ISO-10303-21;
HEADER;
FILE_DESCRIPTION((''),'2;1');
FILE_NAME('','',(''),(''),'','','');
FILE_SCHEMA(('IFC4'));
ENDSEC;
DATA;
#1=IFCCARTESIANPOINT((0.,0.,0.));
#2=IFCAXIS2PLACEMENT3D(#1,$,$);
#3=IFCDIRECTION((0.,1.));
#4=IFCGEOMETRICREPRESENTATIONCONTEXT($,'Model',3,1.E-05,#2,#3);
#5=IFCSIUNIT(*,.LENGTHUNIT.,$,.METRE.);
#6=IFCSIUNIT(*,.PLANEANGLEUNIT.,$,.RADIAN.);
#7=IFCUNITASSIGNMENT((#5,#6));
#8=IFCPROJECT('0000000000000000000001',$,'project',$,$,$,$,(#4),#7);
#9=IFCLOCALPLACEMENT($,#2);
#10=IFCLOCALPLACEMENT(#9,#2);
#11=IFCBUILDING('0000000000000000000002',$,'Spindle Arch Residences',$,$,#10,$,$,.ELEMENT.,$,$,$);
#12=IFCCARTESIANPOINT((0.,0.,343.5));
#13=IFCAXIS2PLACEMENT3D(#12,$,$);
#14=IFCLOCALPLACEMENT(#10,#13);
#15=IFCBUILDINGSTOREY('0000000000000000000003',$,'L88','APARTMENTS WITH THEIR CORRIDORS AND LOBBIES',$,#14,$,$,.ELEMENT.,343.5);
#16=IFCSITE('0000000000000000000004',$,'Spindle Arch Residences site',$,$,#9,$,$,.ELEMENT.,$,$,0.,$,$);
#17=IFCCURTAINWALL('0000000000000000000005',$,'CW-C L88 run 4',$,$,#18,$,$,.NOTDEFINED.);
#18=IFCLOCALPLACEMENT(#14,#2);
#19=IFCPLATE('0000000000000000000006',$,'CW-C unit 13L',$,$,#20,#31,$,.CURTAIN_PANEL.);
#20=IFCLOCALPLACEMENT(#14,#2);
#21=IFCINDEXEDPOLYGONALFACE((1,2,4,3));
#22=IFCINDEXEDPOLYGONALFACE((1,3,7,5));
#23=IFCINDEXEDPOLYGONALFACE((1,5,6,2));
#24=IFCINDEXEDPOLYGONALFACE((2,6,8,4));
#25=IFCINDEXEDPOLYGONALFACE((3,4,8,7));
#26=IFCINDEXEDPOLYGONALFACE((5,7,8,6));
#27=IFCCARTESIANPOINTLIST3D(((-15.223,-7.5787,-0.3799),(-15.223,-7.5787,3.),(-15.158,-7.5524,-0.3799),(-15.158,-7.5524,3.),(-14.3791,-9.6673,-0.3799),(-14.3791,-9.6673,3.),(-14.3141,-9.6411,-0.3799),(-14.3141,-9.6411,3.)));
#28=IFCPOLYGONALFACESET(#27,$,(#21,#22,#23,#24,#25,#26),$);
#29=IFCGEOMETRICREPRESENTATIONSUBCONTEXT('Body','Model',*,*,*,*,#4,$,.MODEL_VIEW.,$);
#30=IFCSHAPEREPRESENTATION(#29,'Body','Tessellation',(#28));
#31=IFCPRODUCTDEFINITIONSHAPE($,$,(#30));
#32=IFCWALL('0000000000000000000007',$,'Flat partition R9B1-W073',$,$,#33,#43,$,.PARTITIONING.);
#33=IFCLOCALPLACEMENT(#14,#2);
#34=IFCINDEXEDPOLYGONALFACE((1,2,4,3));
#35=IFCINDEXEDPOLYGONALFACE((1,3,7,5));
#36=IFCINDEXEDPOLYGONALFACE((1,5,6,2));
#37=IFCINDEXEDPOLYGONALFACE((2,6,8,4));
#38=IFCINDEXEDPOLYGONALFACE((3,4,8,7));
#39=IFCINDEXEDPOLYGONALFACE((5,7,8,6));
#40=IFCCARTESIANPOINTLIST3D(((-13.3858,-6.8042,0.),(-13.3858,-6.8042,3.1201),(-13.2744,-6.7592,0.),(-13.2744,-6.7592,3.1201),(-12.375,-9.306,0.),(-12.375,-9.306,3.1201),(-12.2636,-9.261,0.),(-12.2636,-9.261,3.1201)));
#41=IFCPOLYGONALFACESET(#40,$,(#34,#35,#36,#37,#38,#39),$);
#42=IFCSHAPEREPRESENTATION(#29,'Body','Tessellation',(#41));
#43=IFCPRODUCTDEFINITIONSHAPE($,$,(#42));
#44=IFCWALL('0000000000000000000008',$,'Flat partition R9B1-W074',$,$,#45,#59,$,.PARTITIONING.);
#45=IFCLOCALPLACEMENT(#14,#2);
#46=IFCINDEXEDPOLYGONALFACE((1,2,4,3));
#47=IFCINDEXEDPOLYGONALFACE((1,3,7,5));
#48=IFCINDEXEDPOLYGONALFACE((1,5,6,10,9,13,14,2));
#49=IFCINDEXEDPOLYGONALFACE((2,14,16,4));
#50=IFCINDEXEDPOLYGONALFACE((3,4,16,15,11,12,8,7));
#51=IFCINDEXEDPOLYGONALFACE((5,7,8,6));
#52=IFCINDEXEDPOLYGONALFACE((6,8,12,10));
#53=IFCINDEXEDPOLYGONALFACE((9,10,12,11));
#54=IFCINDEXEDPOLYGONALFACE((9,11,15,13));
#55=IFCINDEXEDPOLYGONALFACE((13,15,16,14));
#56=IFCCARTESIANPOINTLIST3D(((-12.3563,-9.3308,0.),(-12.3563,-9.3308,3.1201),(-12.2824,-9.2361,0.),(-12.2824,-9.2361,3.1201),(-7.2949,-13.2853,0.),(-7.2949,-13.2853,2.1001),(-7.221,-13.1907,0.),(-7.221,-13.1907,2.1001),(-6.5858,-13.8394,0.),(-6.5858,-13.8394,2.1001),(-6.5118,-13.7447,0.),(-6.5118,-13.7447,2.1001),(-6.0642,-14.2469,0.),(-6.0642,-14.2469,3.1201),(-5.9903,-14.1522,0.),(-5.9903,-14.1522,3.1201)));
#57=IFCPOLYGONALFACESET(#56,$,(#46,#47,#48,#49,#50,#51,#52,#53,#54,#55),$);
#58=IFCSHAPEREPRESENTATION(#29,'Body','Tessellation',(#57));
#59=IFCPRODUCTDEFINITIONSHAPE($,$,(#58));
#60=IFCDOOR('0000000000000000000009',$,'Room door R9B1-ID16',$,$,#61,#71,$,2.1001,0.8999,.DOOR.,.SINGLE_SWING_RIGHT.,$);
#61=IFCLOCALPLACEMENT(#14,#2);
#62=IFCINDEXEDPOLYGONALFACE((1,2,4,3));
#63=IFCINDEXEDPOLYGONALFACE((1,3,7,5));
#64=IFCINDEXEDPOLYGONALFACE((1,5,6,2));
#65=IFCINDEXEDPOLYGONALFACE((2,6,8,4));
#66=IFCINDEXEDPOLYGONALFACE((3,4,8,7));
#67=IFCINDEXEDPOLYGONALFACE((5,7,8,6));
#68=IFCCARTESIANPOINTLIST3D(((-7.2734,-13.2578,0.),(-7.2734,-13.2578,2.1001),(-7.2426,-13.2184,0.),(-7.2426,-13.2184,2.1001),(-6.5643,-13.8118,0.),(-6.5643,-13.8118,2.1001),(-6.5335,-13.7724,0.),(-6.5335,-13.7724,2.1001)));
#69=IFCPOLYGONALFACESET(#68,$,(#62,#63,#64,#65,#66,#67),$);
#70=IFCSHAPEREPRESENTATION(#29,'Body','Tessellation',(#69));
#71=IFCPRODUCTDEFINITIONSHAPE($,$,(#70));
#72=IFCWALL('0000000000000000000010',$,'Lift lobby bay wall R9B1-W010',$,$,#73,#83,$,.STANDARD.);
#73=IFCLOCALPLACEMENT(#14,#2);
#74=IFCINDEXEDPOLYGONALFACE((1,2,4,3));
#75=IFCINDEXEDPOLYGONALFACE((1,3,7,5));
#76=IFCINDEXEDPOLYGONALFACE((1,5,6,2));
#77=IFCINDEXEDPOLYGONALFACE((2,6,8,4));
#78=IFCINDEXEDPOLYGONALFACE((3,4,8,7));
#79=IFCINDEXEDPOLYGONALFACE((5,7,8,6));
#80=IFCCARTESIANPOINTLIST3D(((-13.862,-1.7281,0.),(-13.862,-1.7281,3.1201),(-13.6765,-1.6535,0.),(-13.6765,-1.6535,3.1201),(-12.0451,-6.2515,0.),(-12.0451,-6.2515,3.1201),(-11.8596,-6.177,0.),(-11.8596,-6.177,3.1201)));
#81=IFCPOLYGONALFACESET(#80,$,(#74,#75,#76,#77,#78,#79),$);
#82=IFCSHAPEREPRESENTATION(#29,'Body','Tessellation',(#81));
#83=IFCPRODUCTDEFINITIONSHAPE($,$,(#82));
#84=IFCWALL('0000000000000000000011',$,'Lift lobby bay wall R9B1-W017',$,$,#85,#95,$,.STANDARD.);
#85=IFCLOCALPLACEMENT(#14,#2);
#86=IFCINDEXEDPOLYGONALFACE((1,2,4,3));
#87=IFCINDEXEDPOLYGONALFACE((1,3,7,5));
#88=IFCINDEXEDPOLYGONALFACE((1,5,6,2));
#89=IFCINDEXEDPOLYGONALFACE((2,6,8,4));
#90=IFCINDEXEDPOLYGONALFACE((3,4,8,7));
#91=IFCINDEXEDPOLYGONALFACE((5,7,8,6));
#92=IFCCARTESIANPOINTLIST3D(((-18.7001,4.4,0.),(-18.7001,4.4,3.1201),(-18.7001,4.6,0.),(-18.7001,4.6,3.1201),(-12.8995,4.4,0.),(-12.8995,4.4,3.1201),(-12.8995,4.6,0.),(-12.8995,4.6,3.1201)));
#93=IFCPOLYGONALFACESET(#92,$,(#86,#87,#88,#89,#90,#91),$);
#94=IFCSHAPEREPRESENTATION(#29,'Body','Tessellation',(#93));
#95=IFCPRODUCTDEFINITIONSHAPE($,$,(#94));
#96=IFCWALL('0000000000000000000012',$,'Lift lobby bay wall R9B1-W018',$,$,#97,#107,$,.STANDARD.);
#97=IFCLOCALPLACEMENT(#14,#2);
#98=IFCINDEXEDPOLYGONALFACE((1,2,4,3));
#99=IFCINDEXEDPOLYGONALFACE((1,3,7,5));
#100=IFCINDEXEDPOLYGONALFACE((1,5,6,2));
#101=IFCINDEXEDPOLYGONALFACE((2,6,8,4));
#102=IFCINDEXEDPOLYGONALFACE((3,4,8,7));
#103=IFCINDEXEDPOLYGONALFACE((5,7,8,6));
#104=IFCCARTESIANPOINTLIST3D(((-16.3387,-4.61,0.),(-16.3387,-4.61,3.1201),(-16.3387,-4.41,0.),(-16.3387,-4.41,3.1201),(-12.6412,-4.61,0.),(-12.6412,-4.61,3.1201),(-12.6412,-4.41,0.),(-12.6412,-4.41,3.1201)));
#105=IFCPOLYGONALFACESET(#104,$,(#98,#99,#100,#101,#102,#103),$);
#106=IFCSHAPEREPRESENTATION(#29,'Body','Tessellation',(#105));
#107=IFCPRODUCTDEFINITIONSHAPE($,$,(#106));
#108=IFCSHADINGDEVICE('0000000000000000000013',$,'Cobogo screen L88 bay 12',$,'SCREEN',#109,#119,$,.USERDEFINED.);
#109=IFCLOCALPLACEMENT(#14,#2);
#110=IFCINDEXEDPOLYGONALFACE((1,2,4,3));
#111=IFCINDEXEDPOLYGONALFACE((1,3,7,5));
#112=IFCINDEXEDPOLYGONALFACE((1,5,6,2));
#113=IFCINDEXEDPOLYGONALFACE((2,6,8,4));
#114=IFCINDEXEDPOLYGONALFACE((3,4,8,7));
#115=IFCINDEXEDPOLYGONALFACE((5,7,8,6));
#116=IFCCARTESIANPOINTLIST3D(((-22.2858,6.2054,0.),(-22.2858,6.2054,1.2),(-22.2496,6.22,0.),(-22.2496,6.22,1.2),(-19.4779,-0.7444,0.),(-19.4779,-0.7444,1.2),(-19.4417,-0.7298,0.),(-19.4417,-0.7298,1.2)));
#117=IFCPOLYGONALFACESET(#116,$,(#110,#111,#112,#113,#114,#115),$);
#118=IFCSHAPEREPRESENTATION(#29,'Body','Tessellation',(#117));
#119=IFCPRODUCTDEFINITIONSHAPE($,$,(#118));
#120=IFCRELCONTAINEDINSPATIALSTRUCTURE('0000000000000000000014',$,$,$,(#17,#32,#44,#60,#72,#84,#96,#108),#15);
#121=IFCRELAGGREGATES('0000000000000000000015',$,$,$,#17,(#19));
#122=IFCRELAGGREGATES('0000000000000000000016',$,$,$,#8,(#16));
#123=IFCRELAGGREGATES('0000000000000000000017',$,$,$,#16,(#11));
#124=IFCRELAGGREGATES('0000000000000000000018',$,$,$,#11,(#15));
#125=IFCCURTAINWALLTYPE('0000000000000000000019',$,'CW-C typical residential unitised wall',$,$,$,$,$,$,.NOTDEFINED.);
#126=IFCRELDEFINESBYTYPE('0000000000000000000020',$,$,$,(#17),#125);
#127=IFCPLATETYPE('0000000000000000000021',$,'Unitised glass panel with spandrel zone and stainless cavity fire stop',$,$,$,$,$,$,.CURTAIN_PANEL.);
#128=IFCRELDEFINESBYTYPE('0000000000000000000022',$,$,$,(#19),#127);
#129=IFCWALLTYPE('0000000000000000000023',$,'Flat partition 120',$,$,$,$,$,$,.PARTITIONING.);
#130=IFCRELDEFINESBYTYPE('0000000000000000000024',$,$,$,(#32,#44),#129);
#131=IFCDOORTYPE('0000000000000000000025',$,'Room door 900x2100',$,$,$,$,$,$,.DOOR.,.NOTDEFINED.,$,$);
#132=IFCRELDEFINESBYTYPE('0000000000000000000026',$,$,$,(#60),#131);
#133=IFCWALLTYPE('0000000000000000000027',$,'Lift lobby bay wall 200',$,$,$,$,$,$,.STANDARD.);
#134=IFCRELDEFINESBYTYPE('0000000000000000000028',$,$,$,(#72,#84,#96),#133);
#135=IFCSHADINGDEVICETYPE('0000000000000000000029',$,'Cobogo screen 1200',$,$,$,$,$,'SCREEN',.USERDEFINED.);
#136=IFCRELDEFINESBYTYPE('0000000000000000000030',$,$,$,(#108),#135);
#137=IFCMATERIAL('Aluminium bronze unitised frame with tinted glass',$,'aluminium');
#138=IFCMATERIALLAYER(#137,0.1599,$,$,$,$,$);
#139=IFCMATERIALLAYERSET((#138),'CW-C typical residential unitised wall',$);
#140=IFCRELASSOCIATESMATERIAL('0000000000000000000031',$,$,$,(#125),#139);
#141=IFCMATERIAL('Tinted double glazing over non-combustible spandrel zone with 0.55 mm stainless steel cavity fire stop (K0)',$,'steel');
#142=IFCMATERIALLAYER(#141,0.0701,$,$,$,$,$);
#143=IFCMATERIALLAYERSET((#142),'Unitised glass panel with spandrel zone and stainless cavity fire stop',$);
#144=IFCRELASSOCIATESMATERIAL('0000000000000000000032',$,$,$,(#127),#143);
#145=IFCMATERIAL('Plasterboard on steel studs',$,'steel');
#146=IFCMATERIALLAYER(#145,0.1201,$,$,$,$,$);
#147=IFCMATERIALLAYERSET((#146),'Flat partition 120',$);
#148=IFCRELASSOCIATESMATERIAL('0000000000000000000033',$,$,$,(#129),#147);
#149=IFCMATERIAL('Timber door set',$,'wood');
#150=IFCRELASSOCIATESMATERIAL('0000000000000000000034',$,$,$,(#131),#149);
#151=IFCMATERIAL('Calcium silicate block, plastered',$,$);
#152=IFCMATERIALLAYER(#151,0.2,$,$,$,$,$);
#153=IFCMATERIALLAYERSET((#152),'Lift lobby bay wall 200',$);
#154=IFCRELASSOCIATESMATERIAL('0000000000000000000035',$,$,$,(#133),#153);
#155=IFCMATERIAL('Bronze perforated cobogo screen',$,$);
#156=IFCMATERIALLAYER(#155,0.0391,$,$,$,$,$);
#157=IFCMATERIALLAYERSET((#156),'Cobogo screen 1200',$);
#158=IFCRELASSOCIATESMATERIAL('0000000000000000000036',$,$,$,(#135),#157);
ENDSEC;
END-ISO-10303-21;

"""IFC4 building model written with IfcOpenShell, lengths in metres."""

from ifc_helpers import new_model, si_unit, direction, frame, frame_2d, origin, origin_2d, place, context, subcontext, project, spatial, rectangle, extrude, material, layer, layer_set, type_object, element, fill, aggregate, save


model = new_model("IFC4")

# Units and contexts
model_context = context("Model", 3, precision=1e-05, world=origin(), true_north=direction((0.0, 1.0)))
body_context = subcontext(model_context, "Body", "Model", "MODEL_VIEW")
ifc_project = project(units=[si_unit("LENGTHUNIT", "METRE"), si_unit("PLANEANGLEUNIT", "RADIAN")], contexts=[model_context])

# Site, building, storey
site_placement = place(None, origin())
site = spatial("IfcSite", under=ifc_project, at=site_placement, Name="Spindle Arch Residences site", CompositionType="ELEMENT", RefElevation=0.0)
building_placement = place(site_placement, origin())
building = spatial("IfcBuilding", under=site, at=building_placement, Name="Spindle Arch Residences", CompositionType="ELEMENT")
storey_placement = place(building_placement, frame((0.0, 0.0, 343.5)))
storey = spatial("IfcBuildingStorey", under=building, at=storey_placement, Name="L88", Description="APARTMENTS WITH THEIR CORRIDORS AND LOBBIES", CompositionType="ELEMENT", Elevation=343.5)

# Curtain wall
ifc_material_1 = material(Name="Aluminium bronze unitised frame with tinted glass", Category="aluminium")
ifc_layer_1 = layer(ifc_material_1, 0.1599)
ifc_layer_set_1 = layer_set([ifc_layer_1], Name="CW-C typical residential unitised wall")
curtain_wall_type = type_object("IfcCurtainWallType", Name="CW-C typical residential unitised wall", PredefinedType="NOTDEFINED", material=ifc_layer_set_1)
curtain_wall_placement = place(storey_placement, origin())
curtain_wall = element("IfcCurtainWall", 1, at=curtain_wall_placement, inside=storey, type_object=curtain_wall_type, Name="CW-C L88 run 4", PredefinedType="NOTDEFINED")

# Plate
ifc_material_2 = material(Name="Tinted double glazing over non-combustible spandrel zone with 0.55 mm stainless steel cavity fire stop (K0)", Category="steel")
ifc_layer_2 = layer(ifc_material_2, 0.0701)
ifc_layer_set_2 = layer_set([ifc_layer_2], Name="Unitised glass panel with spandrel zone and stainless cavity fire stop")
plate_type = type_object("IfcPlateType", Name="Unitised glass panel with spandrel zone and stainless cavity fire stop", PredefinedType="CURTAIN_PANEL", material=ifc_layer_set_2)
plate_1_placement = place(storey_placement, frame((-14.7686, -8.6099, -0.3799), z_axis=(0.0, 0.0, 1.0), x_axis=(0.374607, -0.927184, 0.0)))
plate_1 = element("IfcPlate", 2, at=plate_1_placement, type_object=plate_type, Name="CW-C unit 13L", PredefinedType="CURTAIN_PANEL", context=body_context, shape_type="SweptSolid", body=[
    extrude(rectangle(XDim=2.2527, YDim=0.0701, at=origin_2d()), origin(), (0.0, 0.0, 1.0), 3.3799),
])
aggregate(curtain_wall, [plate_1])

# Wall
ifc_material_3 = material(Name="Plasterboard on steel studs", Category="steel")
ifc_layer_3 = layer(ifc_material_3, 0.1201)
ifc_layer_set_3 = layer_set([ifc_layer_3], Name="Flat partition 120")
wall_type_1 = type_object("IfcWallType", Name="Flat partition 120", PredefinedType="PARTITIONING", material=ifc_layer_set_3)
wall_1_placement = place(storey_placement, frame((-13.3301, -6.7817, 0.0), z_axis=(0.0, 0.0, 1.0), x_axis=(0.374602, -0.927186, 0.0)))
element("IfcWall", 3, at=wall_1_placement, inside=storey, type_object=wall_type_1, Name="Flat partition R9B1-W073", PredefinedType="PARTITIONING", context=body_context, shape_type="SweptSolid", body=[
    extrude(rectangle(XDim=2.6982, YDim=0.1201, at=frame_2d((1.3491, 0.0))), origin(), (0.0, 0.0, 1.0), 3.1201),
])

# Wall, opening, door
wall_2_placement = place(storey_placement, frame((-12.3193, -9.2834, 0.0), z_axis=(0.0, 0.0, 1.0), x_axis=(0.788, -0.615675, 0.0)))
wall_2 = element("IfcWall", 4, at=wall_2_placement, inside=storey, type_object=wall_type_1, Name="Flat partition R9B1-W074", PredefinedType="PARTITIONING", context=body_context, shape_type="SweptSolid", body=[
    extrude(rectangle(XDim=7.9849, YDim=0.1201, at=frame_2d((3.9924, 0.0))), origin(), (0.0, 0.0, 1.0), 3.1201),
])
opening_1_placement = place(wall_2_placement, frame((6.4231, 0.0, 0.0)))
opening_1 = element("IfcOpeningElement", 5, at=opening_1_placement, cuts=wall_2, PredefinedType="OPENING", context=body_context, shape_type="SweptSolid", body=[
    extrude(rectangle(XDim=0.8999, YDim=2.1001, at=frame_2d((0.45, 1.05))), frame((0.0, 0.0701, 0.0), z_axis=(0.0, -1.0, 0.0), x_axis=(1.0, 0.0, 0.0)), (0.0, 0.0, 1.0), 0.1401),
])
ifc_material_4 = material(Name="Timber door set", Category="wood")
door_type_1 = type_object("IfcDoorType", Name="Room door 900x2100", OperationType="NOTDEFINED", PredefinedType="DOOR", material=ifc_material_4)
door_1_placement = place(opening_1_placement, origin())
door_1 = element("IfcDoor", 6, at=door_1_placement, inside=storey, type_object=door_type_1, Name="Room door R9B1-ID16", OperationType="SINGLE_SWING_RIGHT", OverallHeight=2.1001, OverallWidth=0.8999, PredefinedType="DOOR", context=body_context, shape_type="SweptSolid", body=[
    extrude(rectangle(XDim=0.8999, YDim=2.1001, at=frame_2d((0.45, 1.05))), frame((0.0, 0.0249, 0.0), z_axis=(0.0, -1.0, 0.0), x_axis=(1.0, 0.0, 0.0)), (0.0, 0.0, 1.0), 0.05),
])
fill(opening_1, door_1)

# Walls
ifc_material_5 = material(Name="Calcium silicate block, plastered")
ifc_layer_4 = layer(ifc_material_5, 0.2)
ifc_layer_set_4 = layer_set([ifc_layer_4], Name="Lift lobby bay wall 200")
wall_type_2 = type_object("IfcWallType", Name="Lift lobby bay wall 200", PredefinedType="STANDARD", material=ifc_layer_set_4)
wall_3_placement = place(storey_placement, frame((-13.7693, -1.6907, 0.0), z_axis=(0.0, 0.0, 1.0), x_axis=(0.37272, -0.927944, 0.0)))
element("IfcWall", 7, at=wall_3_placement, inside=storey, type_object=wall_type_2, Name="Lift lobby bay wall R9B1-W010", PredefinedType="STANDARD", context=body_context, shape_type="SweptSolid", body=[
    extrude(rectangle(XDim=4.8748, YDim=0.2, at=frame_2d((2.4375, 0.0))), origin(), (0.0, 0.0, 1.0), 3.1201),
])
wall_4_placement = place(storey_placement, frame((-12.8994, 4.5, 0.0), z_axis=(0.0, 0.0, 1.0), x_axis=(-1.0, 0.0, 0.0)))
element("IfcWall", 8, at=wall_4_placement, inside=storey, type_object=wall_type_2, Name="Lift lobby bay wall R9B1-W017", PredefinedType="STANDARD", context=body_context, shape_type="SweptSolid", body=[
    extrude(rectangle(XDim=5.8005, YDim=0.2, at=frame_2d((2.9004, 0.0))), origin(), (0.0, 0.0, 1.0), 3.1201),
])
wall_5_placement = place(storey_placement, frame((-16.3386, -4.51, 0.0), z_axis=(0.0, 0.0, 1.0), x_axis=(1.0, 0.0, 0.0)))
element("IfcWall", 9, at=wall_5_placement, inside=storey, type_object=wall_type_2, Name="Lift lobby bay wall R9B1-W018", PredefinedType="STANDARD", context=body_context, shape_type="SweptSolid", body=[
    extrude(rectangle(XDim=3.6975, YDim=0.2, at=frame_2d((1.8486, 0.0))), origin(), (0.0, 0.0, 1.0), 3.1201),
])

# Shading device
ifc_material_6 = material(Name="Bronze perforated cobogo screen")
ifc_layer_5 = layer(ifc_material_6, 0.0391)
ifc_layer_set_5 = layer_set([ifc_layer_5], Name="Cobogo screen 1200")
shading_device_type = type_object("IfcShadingDeviceType", Name="Cobogo screen 1200", ElementType="SCREEN", PredefinedType="USERDEFINED", material=ifc_layer_set_5)
shading_device_placement = place(storey_placement, frame((-20.8638, 2.7378, 0.0), z_axis=(0.0, 0.0, 1.0), x_axis=(0.374607, -0.927184, 0.0)))
element("IfcShadingDevice", 10, at=shading_device_placement, inside=storey, type_object=shading_device_type, Name="Cobogo screen L88 bay 12", ObjectType="SCREEN", PredefinedType="USERDEFINED", context=body_context, shape_type="SweptSolid", body=[
    extrude(rectangle(XDim=7.4956, YDim=0.0391, at=origin_2d()), origin(), (0.0, 0.0, 1.0), 1.2),
])

save(model, "model.ifc")
